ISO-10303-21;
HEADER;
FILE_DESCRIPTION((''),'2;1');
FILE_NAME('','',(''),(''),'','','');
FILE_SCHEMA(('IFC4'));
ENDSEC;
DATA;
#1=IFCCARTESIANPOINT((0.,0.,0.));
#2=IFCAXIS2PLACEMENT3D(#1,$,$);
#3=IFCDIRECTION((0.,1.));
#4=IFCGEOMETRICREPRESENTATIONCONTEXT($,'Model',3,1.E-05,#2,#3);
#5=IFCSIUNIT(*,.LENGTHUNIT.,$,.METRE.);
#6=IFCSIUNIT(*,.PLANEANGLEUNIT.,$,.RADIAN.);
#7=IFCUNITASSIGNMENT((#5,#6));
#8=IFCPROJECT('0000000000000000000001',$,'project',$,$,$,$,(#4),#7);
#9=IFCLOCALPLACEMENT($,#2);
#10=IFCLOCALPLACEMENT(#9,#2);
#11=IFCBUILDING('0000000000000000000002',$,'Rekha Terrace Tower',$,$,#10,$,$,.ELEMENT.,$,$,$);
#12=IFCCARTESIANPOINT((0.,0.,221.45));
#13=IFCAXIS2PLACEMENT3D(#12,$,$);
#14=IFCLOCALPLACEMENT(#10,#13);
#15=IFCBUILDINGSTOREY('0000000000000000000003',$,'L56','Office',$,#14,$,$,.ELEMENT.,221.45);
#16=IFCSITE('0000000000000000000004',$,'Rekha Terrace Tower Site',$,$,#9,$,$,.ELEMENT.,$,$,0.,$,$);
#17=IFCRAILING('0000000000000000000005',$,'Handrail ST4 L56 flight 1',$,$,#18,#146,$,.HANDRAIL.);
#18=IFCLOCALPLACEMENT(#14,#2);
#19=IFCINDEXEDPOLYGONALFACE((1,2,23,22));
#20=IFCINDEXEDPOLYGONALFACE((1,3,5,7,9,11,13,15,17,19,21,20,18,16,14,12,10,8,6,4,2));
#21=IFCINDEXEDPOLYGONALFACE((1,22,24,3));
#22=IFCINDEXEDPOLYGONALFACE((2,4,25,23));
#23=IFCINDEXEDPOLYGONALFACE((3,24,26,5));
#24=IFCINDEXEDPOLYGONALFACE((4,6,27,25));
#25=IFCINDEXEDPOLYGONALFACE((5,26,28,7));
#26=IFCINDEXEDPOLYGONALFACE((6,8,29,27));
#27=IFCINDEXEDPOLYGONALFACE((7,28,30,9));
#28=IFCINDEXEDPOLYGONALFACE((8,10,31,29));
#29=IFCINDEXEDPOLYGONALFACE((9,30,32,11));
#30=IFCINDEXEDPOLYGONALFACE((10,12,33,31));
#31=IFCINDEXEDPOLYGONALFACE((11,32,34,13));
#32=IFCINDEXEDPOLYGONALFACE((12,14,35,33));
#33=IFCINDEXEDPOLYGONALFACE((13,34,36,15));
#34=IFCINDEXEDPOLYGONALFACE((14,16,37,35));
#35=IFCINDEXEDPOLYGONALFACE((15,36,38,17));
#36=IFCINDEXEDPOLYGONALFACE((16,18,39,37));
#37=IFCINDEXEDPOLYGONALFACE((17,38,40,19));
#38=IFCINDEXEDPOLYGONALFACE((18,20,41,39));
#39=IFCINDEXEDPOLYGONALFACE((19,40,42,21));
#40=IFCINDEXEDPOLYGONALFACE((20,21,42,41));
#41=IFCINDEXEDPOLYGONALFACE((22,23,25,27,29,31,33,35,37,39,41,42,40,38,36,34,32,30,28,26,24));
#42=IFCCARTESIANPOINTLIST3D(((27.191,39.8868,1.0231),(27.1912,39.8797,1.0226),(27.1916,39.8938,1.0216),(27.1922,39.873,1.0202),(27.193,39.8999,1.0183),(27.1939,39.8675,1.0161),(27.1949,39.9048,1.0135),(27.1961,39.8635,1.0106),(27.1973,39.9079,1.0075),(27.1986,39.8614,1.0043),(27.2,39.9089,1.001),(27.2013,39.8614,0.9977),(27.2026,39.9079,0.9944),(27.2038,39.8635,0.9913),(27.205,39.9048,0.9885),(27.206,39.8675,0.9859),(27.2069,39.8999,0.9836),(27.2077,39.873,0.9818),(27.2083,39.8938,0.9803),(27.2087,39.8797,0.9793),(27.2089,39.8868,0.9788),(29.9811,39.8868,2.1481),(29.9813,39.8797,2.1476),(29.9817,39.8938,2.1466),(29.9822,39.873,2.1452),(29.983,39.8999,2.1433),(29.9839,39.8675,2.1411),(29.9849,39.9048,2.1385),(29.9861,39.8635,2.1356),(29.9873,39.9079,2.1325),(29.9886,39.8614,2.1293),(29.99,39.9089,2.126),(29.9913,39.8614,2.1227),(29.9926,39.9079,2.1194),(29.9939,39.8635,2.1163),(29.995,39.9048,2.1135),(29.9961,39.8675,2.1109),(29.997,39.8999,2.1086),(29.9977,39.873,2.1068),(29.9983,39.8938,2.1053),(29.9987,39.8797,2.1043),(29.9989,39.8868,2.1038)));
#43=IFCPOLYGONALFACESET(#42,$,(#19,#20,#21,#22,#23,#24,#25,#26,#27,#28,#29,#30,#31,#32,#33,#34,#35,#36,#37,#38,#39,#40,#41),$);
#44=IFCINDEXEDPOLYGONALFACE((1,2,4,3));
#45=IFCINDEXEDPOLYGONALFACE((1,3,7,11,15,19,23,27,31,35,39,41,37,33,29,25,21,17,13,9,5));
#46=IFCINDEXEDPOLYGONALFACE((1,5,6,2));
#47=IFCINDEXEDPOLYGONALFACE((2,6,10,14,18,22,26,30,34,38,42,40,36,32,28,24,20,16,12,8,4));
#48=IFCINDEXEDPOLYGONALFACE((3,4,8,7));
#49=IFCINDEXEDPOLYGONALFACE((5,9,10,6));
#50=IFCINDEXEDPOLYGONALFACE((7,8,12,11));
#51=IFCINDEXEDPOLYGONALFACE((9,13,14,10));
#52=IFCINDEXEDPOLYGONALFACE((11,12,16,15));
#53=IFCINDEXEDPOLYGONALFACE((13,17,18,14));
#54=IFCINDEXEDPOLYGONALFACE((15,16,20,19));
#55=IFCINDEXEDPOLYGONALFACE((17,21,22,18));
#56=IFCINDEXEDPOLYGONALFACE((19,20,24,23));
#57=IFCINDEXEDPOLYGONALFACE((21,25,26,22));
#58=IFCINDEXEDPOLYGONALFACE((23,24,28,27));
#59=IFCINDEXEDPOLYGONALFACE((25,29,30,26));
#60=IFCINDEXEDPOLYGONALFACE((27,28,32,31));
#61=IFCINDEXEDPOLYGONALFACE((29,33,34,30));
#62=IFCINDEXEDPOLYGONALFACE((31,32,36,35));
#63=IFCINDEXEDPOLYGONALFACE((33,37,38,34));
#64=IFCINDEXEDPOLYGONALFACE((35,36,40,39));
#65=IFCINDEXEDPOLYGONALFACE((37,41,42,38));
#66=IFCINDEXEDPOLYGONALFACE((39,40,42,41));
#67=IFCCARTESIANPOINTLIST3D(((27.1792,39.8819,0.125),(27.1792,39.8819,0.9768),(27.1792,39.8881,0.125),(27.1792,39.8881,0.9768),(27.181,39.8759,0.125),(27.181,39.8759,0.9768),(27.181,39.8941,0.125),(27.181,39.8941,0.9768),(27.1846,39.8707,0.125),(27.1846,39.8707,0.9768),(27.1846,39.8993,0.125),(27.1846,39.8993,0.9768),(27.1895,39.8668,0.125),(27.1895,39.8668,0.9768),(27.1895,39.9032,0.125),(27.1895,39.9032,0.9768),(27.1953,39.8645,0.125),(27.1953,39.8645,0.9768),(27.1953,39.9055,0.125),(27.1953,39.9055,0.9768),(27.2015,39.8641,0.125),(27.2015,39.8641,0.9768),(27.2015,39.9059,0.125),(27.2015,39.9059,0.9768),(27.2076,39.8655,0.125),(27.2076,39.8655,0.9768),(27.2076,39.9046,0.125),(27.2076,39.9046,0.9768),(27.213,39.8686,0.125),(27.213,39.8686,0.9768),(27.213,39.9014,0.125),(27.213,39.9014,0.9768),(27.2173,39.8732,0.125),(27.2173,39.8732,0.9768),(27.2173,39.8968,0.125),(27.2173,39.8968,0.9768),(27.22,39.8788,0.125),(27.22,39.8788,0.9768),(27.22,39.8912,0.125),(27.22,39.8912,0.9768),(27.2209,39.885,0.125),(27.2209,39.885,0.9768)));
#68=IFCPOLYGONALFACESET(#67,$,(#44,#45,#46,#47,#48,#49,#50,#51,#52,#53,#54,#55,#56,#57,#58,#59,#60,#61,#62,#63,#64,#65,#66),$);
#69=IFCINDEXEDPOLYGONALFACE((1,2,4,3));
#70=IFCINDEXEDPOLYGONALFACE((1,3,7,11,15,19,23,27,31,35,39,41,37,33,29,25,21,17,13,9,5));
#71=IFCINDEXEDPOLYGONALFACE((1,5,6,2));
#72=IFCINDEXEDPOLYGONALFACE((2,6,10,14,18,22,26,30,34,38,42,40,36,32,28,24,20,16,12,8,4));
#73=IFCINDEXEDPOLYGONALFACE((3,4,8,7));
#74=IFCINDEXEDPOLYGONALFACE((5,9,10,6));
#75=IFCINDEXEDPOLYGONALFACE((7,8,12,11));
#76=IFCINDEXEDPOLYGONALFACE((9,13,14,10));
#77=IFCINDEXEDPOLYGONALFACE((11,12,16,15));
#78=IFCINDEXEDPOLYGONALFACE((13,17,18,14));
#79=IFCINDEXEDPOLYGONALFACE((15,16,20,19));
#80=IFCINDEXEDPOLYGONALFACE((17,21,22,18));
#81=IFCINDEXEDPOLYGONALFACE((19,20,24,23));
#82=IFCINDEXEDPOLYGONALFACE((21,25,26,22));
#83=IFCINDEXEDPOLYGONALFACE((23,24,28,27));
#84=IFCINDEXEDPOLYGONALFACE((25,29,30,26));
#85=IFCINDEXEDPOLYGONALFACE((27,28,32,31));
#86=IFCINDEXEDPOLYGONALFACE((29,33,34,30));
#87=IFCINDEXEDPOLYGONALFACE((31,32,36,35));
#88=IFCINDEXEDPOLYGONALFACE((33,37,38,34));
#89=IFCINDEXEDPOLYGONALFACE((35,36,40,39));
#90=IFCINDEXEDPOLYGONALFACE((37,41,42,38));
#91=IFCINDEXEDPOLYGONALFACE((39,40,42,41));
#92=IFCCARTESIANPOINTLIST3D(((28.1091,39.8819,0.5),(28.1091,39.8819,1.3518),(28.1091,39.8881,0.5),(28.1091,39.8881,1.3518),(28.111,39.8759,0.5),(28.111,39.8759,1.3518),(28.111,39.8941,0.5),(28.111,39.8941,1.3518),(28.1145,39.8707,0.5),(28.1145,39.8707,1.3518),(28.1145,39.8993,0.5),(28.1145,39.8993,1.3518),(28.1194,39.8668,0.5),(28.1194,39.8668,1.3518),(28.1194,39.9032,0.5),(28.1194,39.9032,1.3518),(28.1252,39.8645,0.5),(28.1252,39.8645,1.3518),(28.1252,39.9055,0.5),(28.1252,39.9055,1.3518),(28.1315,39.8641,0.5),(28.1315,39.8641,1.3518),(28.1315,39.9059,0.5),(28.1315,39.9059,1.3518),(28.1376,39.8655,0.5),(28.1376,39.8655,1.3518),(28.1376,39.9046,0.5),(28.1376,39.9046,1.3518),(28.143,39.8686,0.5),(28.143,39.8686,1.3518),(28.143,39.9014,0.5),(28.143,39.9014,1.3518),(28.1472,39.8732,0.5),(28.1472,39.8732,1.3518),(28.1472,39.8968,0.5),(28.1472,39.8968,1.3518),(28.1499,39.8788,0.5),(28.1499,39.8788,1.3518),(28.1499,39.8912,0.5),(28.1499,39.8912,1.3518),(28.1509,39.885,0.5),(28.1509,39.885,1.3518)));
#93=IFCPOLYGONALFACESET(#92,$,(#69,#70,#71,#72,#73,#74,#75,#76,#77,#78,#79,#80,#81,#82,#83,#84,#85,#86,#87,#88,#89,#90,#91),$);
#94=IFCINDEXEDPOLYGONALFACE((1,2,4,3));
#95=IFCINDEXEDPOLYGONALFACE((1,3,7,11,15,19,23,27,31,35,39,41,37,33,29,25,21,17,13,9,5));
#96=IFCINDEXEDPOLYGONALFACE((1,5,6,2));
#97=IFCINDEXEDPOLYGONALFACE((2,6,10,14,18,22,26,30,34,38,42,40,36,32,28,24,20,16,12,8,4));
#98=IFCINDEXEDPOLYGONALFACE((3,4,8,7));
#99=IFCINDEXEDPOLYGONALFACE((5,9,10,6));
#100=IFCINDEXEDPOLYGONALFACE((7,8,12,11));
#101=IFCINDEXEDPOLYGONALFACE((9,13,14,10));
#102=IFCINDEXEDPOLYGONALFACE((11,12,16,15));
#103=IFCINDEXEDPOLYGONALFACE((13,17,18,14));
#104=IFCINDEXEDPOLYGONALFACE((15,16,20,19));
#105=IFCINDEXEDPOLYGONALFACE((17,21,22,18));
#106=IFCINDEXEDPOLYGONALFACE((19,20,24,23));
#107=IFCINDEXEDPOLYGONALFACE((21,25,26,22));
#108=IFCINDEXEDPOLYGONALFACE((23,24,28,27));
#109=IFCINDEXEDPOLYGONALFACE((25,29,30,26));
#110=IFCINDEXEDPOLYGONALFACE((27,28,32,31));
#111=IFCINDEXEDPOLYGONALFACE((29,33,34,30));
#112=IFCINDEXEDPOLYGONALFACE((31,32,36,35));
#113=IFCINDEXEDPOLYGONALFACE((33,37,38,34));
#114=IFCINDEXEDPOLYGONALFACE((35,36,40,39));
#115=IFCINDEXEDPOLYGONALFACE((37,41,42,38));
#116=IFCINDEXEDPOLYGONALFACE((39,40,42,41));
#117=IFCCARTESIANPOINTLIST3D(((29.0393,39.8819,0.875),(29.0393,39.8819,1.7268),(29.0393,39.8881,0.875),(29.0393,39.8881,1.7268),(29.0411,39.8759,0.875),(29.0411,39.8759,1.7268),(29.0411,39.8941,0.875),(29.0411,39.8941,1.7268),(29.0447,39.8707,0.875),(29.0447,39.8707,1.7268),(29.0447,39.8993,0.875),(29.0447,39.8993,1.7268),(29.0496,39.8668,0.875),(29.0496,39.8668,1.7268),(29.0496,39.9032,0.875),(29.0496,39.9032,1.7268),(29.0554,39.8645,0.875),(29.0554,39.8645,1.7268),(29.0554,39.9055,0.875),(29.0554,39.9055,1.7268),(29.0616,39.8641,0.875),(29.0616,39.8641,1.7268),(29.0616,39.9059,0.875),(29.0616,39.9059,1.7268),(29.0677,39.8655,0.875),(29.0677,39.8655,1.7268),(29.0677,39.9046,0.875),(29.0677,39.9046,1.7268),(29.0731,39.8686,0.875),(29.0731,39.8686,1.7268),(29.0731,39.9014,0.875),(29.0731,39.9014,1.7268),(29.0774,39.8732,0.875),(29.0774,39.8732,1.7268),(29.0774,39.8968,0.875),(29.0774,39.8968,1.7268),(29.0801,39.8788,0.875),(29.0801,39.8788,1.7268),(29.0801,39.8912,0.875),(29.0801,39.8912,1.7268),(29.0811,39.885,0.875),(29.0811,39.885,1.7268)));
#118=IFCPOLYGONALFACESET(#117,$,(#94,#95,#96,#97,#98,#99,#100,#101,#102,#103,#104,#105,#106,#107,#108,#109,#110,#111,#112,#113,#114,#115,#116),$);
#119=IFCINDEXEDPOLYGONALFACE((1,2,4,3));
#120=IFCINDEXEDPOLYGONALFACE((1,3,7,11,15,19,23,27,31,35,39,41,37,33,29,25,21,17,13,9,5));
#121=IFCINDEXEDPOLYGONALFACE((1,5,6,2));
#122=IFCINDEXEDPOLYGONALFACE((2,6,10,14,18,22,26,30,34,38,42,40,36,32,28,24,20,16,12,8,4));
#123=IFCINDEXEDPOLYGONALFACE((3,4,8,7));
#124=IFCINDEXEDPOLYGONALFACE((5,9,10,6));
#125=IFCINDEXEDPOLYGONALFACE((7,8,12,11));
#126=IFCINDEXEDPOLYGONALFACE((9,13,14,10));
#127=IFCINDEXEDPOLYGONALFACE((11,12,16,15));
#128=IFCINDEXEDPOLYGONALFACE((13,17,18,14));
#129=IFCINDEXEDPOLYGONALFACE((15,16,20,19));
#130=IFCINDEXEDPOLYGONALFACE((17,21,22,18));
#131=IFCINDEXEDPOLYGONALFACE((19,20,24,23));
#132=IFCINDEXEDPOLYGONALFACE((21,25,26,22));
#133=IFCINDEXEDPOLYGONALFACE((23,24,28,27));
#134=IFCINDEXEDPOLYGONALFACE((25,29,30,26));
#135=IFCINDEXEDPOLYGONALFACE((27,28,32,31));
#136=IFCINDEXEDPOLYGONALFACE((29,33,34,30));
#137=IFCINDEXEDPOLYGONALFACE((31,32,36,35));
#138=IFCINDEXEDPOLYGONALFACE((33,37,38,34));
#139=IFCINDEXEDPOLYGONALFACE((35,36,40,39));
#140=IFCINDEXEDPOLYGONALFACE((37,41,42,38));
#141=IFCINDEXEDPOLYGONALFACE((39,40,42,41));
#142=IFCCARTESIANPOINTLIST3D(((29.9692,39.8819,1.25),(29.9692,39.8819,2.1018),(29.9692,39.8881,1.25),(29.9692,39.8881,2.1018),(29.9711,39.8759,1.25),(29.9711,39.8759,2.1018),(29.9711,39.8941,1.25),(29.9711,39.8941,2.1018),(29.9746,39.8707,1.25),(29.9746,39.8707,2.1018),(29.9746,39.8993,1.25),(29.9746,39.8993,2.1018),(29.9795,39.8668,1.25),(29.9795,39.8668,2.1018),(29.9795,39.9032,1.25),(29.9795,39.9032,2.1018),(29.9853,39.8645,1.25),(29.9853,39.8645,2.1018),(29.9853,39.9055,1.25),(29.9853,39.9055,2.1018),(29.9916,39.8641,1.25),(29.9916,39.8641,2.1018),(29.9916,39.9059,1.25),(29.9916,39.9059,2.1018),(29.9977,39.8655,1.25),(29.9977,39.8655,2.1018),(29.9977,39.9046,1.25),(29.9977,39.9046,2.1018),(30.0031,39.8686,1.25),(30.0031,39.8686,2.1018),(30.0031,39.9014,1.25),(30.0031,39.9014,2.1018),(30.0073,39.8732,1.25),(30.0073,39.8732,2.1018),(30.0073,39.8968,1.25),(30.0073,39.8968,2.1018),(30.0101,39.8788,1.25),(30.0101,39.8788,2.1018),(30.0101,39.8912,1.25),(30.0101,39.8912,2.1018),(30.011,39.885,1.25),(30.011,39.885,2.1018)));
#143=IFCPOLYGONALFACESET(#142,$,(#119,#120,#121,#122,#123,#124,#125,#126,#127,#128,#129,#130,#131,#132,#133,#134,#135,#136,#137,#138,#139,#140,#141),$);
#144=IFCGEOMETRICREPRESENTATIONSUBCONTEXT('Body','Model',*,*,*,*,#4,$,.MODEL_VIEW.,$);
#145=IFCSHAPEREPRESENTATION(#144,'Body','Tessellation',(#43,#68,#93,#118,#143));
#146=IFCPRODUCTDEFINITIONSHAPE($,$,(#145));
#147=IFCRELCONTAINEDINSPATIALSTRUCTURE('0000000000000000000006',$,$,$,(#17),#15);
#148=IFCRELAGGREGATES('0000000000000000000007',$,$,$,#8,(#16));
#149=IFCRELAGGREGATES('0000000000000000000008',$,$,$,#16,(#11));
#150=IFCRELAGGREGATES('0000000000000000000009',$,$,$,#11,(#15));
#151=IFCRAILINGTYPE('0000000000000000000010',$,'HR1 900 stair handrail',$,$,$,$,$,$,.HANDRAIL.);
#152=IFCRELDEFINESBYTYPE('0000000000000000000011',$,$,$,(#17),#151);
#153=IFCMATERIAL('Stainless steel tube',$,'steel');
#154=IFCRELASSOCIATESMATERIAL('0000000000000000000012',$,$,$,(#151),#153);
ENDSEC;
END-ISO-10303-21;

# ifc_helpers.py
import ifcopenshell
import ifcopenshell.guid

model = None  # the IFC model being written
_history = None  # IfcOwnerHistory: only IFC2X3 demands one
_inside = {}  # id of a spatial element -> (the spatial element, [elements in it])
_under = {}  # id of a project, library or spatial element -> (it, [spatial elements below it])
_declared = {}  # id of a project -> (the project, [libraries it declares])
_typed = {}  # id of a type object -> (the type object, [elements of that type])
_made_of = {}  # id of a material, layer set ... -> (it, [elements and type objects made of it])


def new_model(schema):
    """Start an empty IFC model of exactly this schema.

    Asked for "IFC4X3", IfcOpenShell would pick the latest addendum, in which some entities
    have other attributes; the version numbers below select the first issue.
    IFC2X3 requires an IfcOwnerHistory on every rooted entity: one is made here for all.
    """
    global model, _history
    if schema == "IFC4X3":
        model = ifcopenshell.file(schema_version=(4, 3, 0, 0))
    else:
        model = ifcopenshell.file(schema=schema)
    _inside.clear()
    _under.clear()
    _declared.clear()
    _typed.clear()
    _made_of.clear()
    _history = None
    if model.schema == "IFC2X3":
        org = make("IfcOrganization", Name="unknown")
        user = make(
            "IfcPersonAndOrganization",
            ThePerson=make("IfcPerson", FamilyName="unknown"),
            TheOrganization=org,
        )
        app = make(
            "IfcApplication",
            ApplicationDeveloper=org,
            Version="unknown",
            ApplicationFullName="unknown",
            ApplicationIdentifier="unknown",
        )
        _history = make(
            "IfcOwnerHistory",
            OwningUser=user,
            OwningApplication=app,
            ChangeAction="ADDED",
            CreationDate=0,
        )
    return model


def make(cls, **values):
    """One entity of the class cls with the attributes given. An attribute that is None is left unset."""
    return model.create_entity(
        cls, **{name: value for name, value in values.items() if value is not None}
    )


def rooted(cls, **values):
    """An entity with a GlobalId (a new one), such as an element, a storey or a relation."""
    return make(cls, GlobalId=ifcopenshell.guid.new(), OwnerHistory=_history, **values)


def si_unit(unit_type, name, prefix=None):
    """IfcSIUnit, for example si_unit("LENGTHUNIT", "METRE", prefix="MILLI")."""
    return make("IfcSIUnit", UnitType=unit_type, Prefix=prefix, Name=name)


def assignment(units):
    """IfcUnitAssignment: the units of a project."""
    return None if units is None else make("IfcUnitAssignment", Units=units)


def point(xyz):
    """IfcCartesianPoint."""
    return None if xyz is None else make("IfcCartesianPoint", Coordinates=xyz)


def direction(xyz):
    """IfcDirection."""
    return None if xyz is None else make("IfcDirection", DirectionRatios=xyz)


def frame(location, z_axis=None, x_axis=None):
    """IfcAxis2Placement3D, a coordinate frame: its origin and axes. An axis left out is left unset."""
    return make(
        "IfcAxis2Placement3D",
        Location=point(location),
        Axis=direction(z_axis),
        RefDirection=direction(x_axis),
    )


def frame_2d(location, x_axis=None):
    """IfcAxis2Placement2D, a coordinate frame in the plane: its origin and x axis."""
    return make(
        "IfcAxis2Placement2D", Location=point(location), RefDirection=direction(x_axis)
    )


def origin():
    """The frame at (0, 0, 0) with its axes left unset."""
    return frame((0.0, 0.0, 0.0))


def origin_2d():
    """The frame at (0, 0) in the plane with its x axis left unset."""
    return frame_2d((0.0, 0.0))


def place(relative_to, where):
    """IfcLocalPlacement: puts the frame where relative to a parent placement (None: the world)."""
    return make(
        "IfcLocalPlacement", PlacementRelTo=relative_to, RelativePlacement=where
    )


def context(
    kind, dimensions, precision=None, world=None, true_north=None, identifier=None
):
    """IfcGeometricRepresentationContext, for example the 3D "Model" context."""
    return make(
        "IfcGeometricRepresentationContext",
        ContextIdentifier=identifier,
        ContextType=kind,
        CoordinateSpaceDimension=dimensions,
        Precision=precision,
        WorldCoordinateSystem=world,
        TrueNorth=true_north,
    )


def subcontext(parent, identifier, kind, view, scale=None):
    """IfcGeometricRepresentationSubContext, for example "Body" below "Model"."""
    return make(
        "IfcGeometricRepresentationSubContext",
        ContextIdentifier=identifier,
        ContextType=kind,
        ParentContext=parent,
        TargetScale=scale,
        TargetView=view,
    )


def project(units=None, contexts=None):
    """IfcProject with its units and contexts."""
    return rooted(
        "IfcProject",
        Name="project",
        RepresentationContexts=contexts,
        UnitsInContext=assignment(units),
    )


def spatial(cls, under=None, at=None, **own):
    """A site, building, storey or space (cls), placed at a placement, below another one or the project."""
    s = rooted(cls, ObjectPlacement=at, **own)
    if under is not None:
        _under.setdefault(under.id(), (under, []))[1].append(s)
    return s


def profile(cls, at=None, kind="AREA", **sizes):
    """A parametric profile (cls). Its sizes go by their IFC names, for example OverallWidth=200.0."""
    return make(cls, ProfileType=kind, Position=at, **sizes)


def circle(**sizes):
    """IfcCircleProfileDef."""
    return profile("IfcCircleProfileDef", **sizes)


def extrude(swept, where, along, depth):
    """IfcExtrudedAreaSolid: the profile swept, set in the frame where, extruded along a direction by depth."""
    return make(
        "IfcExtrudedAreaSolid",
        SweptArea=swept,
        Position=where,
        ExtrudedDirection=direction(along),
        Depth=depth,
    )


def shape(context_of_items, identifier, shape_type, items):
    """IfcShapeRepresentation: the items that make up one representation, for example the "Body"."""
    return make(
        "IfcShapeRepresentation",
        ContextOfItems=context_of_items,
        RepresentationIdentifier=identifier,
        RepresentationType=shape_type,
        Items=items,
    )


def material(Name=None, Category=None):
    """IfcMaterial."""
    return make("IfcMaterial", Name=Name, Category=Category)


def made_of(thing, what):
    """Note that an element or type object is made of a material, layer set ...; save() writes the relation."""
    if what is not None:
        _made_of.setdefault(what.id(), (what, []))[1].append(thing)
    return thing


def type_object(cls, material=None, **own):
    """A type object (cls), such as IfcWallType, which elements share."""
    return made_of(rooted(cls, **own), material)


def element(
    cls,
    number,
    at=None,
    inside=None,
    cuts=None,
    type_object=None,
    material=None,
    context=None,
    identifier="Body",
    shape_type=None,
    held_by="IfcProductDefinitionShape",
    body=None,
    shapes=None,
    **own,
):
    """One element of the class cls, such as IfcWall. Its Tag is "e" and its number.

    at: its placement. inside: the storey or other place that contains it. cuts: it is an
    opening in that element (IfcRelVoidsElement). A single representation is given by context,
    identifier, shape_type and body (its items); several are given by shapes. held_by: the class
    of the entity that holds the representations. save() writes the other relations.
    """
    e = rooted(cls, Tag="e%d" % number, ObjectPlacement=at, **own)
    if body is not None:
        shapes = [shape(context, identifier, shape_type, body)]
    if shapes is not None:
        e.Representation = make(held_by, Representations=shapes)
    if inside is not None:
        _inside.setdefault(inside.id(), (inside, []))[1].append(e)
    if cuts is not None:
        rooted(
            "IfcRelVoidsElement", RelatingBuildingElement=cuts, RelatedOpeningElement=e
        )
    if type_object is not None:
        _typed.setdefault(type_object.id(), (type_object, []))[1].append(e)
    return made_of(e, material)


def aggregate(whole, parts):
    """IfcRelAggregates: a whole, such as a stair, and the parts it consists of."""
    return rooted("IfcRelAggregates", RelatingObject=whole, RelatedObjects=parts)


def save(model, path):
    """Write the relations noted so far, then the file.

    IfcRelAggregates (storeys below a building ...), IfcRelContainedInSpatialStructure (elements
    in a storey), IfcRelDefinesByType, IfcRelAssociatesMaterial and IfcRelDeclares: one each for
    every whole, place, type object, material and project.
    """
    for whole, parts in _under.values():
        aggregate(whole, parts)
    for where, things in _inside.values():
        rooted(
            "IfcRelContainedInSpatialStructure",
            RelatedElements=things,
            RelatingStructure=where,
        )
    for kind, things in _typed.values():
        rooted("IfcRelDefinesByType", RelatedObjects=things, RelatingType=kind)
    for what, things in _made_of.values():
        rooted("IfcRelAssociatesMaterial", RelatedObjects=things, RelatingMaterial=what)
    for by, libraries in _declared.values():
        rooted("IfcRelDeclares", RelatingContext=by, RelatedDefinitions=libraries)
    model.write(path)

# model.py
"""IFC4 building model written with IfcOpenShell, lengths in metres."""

from ifc_helpers import new_model, si_unit, direction, frame, origin, origin_2d, place, context, subcontext, project, spatial, circle, extrude, material, type_object, element, save


model = new_model("IFC4")

# Units and contexts
model_context = context("Model", 3, precision=1e-05, world=origin(), true_north=direction((0.0, 1.0)))
body_context = subcontext(model_context, "Body", "Model", "MODEL_VIEW")
ifc_project = project(units=[si_unit("LENGTHUNIT", "METRE"), si_unit("PLANEANGLEUNIT", "RADIAN")], contexts=[model_context])

# Site, building, storey
site_placement = place(None, origin())
site = spatial("IfcSite", under=ifc_project, at=site_placement, Name="Rekha Terrace Tower Site", CompositionType="ELEMENT", RefElevation=0.0)
building_placement = place(site_placement, origin())
building = spatial("IfcBuilding", under=site, at=building_placement, Name="Rekha Terrace Tower", CompositionType="ELEMENT")
storey_placement = place(building_placement, frame((0.0, 0.0, 221.45)))
storey = spatial("IfcBuildingStorey", under=building, at=storey_placement, Name="L56", Description="Office", CompositionType="ELEMENT", Elevation=221.45)

# Railing
ifc_material_1 = material(Name="Stainless steel tube", Category="steel")
railing_type_1 = type_object("IfcRailingType", Name="HR1 900 stair handrail", PredefinedType="HANDRAIL", material=ifc_material_1)
railing_1_placement = place(storey_placement, frame((27.2, 39.885, 0.125)))
element("IfcRailing", 1, at=railing_1_placement, inside=storey, type_object=railing_type_1, Name="Handrail ST4 L56 flight 1", PredefinedType="HANDRAIL", context=body_context, shape_type="SweptSolid", body=[
    extrude(circle(Radius=0.0239, at=origin_2d()), frame((0.0, 0.0, 0.876), z_axis=(0.927443, 0.0, 0.373964), x_axis=(0.0, 1.0, 0.0)), (0.0, 0.0, 1.0), 3.0083),
    extrude(circle(Radius=0.021, at=origin_2d()), origin(), (0.0, 0.0, 1.0), 0.8518),
    extrude(circle(Radius=0.021, at=origin_2d()), frame((0.9299, 0.0, 0.375)), (0.0, 0.0, 1.0), 0.8518),
    extrude(circle(Radius=0.021, at=origin_2d()), frame((1.8601, 0.0, 0.75)), (0.0, 0.0, 1.0), 0.8518),
    extrude(circle(Radius=0.021, at=origin_2d()), frame((2.79, 0.0, 1.125)), (0.0, 0.0, 1.0), 0.8518),
])

save(model, "model.ifc")
